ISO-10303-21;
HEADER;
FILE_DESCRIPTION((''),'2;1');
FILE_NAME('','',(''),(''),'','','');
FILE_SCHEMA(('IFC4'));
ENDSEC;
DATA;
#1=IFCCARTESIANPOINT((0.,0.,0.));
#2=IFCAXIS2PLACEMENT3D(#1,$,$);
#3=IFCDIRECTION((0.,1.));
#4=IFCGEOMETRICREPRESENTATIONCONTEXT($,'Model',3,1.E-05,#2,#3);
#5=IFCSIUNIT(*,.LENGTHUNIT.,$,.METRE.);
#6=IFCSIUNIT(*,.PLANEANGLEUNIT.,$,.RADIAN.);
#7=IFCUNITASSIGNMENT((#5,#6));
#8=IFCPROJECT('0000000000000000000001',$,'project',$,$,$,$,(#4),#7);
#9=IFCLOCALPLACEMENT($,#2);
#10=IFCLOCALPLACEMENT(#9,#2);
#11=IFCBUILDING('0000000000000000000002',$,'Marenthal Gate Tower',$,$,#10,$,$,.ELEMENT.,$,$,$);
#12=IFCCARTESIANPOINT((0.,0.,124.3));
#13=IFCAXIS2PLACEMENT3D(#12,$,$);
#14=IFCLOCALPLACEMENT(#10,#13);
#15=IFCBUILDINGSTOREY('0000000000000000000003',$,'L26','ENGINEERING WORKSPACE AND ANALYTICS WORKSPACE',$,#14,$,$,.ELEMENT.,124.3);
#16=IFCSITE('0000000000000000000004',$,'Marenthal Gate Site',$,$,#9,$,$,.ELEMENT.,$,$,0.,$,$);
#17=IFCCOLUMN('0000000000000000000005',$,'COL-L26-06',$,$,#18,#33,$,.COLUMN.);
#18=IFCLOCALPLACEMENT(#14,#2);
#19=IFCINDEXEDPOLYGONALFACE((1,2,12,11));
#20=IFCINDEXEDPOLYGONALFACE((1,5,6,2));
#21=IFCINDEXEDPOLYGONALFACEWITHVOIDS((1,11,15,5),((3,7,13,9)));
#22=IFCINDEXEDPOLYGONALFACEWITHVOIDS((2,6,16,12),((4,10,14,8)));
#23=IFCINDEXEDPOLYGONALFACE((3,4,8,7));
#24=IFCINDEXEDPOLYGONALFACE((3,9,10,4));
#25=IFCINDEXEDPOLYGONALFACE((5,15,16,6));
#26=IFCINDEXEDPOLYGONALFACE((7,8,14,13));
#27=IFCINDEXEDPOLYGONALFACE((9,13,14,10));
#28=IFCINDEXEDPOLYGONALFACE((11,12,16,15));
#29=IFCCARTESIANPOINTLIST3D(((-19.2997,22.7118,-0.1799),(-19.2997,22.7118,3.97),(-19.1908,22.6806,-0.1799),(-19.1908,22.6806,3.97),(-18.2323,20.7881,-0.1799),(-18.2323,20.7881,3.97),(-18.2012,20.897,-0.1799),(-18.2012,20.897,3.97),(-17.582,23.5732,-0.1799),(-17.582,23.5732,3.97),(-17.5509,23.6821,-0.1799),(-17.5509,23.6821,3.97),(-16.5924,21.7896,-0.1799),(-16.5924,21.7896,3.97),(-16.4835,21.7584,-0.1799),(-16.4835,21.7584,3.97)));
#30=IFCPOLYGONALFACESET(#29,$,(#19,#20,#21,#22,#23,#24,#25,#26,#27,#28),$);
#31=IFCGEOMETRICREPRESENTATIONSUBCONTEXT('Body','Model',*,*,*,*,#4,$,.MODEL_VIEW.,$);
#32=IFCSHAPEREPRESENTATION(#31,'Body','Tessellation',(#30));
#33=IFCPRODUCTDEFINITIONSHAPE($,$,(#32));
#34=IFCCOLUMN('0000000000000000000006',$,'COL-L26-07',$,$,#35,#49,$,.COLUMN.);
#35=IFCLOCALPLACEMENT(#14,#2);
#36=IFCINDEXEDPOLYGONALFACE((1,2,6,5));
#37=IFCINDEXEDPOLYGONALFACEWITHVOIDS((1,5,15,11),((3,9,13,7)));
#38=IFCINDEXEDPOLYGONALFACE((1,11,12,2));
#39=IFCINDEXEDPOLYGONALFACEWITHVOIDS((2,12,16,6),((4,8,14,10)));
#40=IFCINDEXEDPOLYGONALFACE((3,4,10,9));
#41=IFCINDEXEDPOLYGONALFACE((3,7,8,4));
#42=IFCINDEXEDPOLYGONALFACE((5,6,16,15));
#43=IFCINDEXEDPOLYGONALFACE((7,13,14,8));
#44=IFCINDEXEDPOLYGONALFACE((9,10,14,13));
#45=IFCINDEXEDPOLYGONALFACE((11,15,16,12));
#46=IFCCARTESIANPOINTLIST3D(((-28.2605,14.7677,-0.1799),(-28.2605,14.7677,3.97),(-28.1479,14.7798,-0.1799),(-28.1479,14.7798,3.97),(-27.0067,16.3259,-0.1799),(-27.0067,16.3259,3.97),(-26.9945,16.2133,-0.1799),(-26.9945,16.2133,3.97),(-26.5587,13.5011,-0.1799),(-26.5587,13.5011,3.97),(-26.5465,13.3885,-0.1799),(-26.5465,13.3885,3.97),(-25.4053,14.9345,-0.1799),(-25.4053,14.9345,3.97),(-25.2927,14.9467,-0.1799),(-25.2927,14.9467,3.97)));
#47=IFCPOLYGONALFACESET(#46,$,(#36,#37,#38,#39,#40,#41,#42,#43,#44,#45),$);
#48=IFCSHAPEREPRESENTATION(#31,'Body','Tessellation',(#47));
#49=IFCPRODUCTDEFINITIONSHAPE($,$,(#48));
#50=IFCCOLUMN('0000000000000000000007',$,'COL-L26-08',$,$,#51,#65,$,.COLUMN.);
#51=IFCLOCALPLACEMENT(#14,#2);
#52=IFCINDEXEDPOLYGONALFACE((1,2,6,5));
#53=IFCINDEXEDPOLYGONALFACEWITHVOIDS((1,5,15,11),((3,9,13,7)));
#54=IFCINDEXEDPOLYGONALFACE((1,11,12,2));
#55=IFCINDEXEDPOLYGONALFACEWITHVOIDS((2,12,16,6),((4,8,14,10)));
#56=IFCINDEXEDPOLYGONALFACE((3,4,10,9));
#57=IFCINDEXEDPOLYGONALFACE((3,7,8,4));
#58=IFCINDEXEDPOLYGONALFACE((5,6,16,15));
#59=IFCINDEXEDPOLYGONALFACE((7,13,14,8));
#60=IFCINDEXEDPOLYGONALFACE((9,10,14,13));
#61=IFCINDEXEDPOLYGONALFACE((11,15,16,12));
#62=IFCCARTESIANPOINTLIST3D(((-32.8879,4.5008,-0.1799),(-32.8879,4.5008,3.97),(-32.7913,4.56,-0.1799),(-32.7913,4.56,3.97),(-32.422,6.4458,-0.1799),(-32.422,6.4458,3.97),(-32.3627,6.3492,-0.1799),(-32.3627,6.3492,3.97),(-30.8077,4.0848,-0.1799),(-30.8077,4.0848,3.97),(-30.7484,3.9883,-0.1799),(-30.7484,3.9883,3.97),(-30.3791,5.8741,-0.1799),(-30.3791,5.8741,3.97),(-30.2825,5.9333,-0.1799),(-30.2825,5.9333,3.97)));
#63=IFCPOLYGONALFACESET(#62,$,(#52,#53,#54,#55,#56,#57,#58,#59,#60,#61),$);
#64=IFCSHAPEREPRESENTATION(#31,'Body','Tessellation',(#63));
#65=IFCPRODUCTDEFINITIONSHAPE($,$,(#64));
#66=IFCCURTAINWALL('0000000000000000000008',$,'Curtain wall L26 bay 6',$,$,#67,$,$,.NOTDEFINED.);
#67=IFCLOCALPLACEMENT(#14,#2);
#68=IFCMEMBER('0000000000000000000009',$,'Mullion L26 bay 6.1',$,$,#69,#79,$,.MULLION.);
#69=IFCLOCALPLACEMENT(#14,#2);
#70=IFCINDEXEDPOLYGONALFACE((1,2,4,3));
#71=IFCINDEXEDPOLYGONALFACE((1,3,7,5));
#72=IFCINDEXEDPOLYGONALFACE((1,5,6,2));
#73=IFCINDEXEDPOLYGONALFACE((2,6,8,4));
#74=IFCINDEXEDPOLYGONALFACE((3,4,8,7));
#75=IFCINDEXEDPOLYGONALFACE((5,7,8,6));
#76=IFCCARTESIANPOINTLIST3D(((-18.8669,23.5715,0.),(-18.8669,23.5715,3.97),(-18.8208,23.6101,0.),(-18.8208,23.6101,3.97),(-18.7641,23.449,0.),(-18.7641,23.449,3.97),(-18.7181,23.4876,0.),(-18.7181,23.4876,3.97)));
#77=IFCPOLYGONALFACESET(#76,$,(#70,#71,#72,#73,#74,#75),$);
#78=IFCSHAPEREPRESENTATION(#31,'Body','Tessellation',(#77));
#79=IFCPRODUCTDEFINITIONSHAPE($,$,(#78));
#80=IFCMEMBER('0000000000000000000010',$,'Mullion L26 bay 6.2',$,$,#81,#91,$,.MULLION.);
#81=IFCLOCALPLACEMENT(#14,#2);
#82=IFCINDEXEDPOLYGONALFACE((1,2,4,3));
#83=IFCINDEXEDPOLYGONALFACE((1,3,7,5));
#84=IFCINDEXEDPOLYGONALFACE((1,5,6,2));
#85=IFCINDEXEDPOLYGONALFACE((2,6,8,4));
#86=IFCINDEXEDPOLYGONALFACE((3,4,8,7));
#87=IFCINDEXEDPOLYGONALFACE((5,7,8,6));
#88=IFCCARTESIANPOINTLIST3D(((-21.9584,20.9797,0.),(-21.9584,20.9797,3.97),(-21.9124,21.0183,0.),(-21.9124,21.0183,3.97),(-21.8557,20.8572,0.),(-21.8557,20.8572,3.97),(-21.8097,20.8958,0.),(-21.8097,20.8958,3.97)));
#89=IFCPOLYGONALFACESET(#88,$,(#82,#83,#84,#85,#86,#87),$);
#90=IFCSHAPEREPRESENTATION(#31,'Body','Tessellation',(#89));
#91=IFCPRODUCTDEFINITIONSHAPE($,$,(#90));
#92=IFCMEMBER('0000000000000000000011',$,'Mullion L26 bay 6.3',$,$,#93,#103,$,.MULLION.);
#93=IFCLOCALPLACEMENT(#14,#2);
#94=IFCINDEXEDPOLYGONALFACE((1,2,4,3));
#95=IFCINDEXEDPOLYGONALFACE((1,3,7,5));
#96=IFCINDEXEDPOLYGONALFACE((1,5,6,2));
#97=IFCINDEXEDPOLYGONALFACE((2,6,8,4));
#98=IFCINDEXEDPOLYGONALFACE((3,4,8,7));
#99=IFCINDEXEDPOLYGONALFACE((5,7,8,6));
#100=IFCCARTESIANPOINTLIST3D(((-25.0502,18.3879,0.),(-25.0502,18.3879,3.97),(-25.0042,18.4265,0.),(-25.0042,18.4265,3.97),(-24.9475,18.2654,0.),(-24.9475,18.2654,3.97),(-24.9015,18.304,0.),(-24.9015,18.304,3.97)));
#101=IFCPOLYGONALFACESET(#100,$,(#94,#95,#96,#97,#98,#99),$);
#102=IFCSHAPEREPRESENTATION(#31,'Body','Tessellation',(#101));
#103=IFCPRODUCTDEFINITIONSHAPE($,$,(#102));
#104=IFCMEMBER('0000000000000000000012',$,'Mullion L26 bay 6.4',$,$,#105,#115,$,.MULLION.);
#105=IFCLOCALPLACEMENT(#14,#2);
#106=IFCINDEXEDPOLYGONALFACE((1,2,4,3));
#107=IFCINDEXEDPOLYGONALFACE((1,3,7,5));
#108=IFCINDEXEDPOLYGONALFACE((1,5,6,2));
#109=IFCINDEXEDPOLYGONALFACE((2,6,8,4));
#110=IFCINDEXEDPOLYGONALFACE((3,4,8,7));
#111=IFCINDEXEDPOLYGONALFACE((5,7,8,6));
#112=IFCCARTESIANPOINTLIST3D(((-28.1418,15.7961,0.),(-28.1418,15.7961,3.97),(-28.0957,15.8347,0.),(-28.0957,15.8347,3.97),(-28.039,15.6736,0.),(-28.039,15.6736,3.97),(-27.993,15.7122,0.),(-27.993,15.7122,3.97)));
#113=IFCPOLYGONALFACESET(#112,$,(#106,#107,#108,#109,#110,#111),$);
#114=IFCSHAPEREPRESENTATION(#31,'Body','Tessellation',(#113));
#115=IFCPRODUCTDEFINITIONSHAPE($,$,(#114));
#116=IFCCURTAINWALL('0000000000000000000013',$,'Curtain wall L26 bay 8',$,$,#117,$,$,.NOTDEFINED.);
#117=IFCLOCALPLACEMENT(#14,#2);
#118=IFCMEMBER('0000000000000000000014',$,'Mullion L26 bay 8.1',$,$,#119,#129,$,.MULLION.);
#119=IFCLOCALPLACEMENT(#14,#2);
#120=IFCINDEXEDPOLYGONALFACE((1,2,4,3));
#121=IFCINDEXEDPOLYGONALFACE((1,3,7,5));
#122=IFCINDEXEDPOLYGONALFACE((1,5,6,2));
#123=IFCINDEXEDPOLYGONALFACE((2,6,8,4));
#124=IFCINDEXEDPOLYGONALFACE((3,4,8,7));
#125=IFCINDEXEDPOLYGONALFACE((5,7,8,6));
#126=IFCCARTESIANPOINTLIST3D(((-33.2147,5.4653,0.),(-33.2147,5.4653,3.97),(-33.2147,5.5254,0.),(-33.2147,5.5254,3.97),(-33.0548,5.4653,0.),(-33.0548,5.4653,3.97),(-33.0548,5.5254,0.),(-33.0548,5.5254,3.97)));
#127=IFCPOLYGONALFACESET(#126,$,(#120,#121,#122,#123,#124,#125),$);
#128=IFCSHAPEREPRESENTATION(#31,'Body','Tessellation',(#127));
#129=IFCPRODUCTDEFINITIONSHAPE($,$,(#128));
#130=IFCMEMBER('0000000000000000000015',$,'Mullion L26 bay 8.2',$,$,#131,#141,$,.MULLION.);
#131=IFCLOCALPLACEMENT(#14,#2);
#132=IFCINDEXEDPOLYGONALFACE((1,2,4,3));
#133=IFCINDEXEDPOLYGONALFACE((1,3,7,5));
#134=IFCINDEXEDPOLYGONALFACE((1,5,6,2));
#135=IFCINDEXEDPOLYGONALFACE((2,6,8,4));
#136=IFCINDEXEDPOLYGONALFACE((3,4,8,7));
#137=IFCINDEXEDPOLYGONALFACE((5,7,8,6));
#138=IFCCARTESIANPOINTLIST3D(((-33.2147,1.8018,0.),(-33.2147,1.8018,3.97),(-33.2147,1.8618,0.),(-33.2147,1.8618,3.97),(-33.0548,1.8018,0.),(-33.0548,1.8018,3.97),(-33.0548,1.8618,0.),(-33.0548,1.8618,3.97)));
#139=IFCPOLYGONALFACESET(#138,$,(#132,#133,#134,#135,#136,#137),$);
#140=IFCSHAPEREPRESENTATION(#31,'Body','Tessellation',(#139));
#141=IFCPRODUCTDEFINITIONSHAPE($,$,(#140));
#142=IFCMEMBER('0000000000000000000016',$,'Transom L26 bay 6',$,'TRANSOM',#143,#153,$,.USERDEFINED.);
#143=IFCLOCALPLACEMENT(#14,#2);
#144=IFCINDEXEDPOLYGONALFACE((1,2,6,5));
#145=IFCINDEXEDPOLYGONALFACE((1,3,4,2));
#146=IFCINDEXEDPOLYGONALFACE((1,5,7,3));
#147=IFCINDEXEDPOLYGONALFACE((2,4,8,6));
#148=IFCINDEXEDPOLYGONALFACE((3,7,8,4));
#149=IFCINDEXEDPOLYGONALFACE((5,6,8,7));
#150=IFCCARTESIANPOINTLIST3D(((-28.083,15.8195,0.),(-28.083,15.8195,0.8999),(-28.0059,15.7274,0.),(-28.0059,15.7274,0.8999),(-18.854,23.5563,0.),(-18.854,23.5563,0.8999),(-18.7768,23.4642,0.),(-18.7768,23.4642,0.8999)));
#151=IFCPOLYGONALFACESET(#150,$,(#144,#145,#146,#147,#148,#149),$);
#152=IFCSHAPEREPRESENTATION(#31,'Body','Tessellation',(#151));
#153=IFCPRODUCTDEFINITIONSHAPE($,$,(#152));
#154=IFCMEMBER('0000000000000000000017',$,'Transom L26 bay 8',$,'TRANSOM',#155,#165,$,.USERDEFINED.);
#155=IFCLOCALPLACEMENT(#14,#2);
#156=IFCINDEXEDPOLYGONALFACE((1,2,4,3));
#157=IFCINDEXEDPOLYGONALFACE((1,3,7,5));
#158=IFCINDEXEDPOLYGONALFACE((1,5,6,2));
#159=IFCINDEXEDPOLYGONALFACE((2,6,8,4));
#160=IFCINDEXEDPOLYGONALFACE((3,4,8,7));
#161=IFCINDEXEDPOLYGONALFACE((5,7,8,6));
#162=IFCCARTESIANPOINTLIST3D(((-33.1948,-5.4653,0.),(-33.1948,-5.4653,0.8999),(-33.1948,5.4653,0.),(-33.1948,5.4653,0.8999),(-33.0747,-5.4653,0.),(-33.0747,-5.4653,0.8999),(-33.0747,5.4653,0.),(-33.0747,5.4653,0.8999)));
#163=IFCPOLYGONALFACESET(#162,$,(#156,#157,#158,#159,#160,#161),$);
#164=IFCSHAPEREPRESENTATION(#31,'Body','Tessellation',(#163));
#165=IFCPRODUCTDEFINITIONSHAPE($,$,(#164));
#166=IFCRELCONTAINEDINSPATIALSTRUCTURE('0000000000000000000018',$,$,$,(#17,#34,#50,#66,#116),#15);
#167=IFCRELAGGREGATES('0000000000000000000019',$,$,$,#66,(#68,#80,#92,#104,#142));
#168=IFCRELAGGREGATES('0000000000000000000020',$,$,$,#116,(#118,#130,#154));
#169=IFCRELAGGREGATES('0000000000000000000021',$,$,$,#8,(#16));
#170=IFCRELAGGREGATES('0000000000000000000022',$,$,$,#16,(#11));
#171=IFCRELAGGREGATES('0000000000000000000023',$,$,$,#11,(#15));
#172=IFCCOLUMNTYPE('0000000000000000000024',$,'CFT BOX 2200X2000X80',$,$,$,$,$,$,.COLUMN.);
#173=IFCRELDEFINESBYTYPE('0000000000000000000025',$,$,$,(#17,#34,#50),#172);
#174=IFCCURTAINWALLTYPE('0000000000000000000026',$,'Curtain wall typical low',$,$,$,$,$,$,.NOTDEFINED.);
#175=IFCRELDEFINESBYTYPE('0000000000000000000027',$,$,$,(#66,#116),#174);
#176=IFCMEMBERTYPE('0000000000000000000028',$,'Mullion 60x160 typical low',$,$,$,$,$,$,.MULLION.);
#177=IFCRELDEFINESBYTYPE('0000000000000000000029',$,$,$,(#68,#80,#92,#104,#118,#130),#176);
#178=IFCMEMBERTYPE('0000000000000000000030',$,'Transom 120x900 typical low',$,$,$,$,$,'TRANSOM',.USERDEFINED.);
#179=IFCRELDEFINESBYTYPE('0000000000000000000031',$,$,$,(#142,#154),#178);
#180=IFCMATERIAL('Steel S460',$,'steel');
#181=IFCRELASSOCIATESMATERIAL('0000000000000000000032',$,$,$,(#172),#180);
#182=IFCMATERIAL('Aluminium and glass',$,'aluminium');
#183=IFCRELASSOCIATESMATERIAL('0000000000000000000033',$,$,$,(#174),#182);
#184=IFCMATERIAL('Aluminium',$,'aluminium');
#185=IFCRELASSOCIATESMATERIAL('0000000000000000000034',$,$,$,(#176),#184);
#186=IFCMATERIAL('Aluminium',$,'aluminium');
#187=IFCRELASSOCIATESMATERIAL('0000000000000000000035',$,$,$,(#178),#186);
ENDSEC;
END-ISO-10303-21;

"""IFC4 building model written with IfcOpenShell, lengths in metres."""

from ifc_helpers import new_model, si_unit, direction, frame, origin, origin_2d, place, context, subcontext, project, spatial, rectangle, hollow_rectangle, extrude, material, material_profile, profile_set, type_object, element, aggregate, save


model = new_model("IFC4")

# Units and contexts
model_context = context("Model", 3, precision=1e-05, world=origin(), true_north=direction((0.0, 1.0)))
body_context = subcontext(model_context, "Body", "Model", "MODEL_VIEW")
ifc_project = project(units=[si_unit("LENGTHUNIT", "METRE"), si_unit("PLANEANGLEUNIT", "RADIAN")], contexts=[model_context])

# Site, building, storey
site_placement = place(None, origin())
site = spatial("IfcSite", under=ifc_project, at=site_placement, Name="Marenthal Gate Site", CompositionType="ELEMENT", RefElevation=0.0)
building_placement = place(site_placement, origin())
building = spatial("IfcBuilding", under=site, at=building_placement, Name="Marenthal Gate Tower", CompositionType="ELEMENT")
storey_placement = place(building_placement, frame((0.0, 0.0, 124.3)))
storey = spatial("IfcBuildingStorey", under=building, at=storey_placement, Name="L26", Description="ENGINEERING WORKSPACE AND ANALYTICS WORKSPACE", CompositionType="ELEMENT", Elevation=124.3)

# Columns
ifc_material_1 = material(Name="Steel S460", Category="steel")
ifc_material_profile_1 = material_profile(ifc_material_1, hollow_rectangle(XDim=2.0, YDim=2.2, WallThickness=0.0801, at=origin_2d()), Name="CFT BOX 2200X2000X80")
ifc_material_2 = material(Name="Concrete 70 MPa", Category="concrete")
ifc_material_profile_2 = material_profile(ifc_material_2, rectangle(XDim=1.8401, YDim=2.04, at=origin_2d()), Name="CFT BOX 2200X2000X80 INFILL")
ifc_profile_set_1 = profile_set([ifc_material_profile_1, ifc_material_profile_2], Name="Steel S460 shell, Concrete 70 MPa infill")
column_type = type_object("IfcColumnType", Name="CFT BOX 2200X2000X80", PredefinedType="COLUMN", material=ifc_profile_set_1)
for number, where, z_axis, x_axis, name in (
    (1, (-17.8916, 22.2351, -0.1799), (0.0, 0.0, 1.0), (0.874418, 0.485173, 0.0), "COL-L26-06"),
    (2, (-26.7766, 14.8572, -0.1799), (0.0, 0.0, 1.0), (0.626903, 0.779097, 0.0), "COL-L26-07"),
    (3, (-31.5852, 5.217, -0.1799), (0.0, 0.0, 1.0), (0.23295, 0.972489, 0.0), "COL-L26-08"),
):
    element("IfcColumn", number, at=place(storey_placement, frame(where, z_axis=z_axis, x_axis=x_axis)), inside=storey, type_object=column_type, Name=name, PredefinedType="COLUMN", context=body_context, shape_type="SweptSolid", body=[
        extrude(hollow_rectangle(XDim=2.0, YDim=2.2, WallThickness=0.0801, at=origin_2d()), origin(), (0.0, 0.0, 1.0), 4.1499),
    ])

# Curtain walls, members
ifc_material_3 = material(Name="Aluminium and glass", Category="aluminium")
curtain_wall_type = type_object("IfcCurtainWallType", Name="Curtain wall typical low", PredefinedType="NOTDEFINED", material=ifc_material_3)
curtain_wall_1_placement = place(storey_placement, origin())
curtain_wall_1 = element("IfcCurtainWall", 4, at=curtain_wall_1_placement, inside=storey, type_object=curtain_wall_type, Name="Curtain wall L26 bay 6", PredefinedType="NOTDEFINED")
ifc_material_4 = material(Name="Aluminium", Category="aluminium")
ifc_material_profile_3 = material_profile(ifc_material_4, rectangle(XDim=0.1599, YDim=0.0601, at=origin_2d()), Name="60x160 aluminium mullion")
ifc_profile_set_2 = profile_set([ifc_material_profile_3], Name="Aluminium")
member_type_1 = type_object("IfcMemberType", Name="Mullion 60x160 typical low", PredefinedType="MULLION", material=ifc_profile_set_2)
member_1_placement = place(storey_placement, frame((-18.7925, 23.5295, 0.0), z_axis=(0.0, 0.0, 1.0), x_axis=(0.642438, -0.766338, 0.0)))
member_1 = element("IfcMember", 5, at=member_1_placement, type_object=member_type_1, Name="Mullion L26 bay 6.1", PredefinedType="MULLION", context=body_context, shape_type="SweptSolid", body=[
    extrude(rectangle(XDim=0.1599, YDim=0.0601, at=origin_2d()), origin(), (0.0, 0.0, 1.0), 3.97),
])
member_2_placement = place(storey_placement, frame((-21.884, 20.9377, 0.0), z_axis=(0.0, 0.0, 1.0), x_axis=(0.642438, -0.766338, 0.0)))
member_2 = element("IfcMember", 6, at=member_2_placement, type_object=member_type_1, Name="Mullion L26 bay 6.2", PredefinedType="MULLION", context=body_context, shape_type="SweptSolid", body=[
    extrude(rectangle(XDim=0.1599, YDim=0.0601, at=origin_2d()), origin(), (0.0, 0.0, 1.0), 3.97),
])
member_3_placement = place(storey_placement, frame((-24.9758, 18.3459, 0.0), z_axis=(0.0, 0.0, 1.0), x_axis=(0.642438, -0.766338, 0.0)))
member_3 = element("IfcMember", 7, at=member_3_placement, type_object=member_type_1, Name="Mullion L26 bay 6.3", PredefinedType="MULLION", context=body_context, shape_type="SweptSolid", body=[
    extrude(rectangle(XDim=0.1599, YDim=0.0601, at=origin_2d()), origin(), (0.0, 0.0, 1.0), 3.97),
])
member_4_placement = place(storey_placement, frame((-28.0674, 15.7542, 0.0), z_axis=(0.0, 0.0, 1.0), x_axis=(0.642438, -0.766338, 0.0)))
member_4 = element("IfcMember", 8, at=member_4_placement, type_object=member_type_1, Name="Mullion L26 bay 6.4", PredefinedType="MULLION", context=body_context, shape_type="SweptSolid", body=[
    extrude(rectangle(XDim=0.1599, YDim=0.0601, at=origin_2d()), origin(), (0.0, 0.0, 1.0), 3.97),
])
curtain_wall_2_placement = place(storey_placement, origin())
curtain_wall_2 = element("IfcCurtainWall", 9, at=curtain_wall_2_placement, inside=storey, type_object=curtain_wall_type, Name="Curtain wall L26 bay 8", PredefinedType="NOTDEFINED")
member_5_placement = place(storey_placement, frame((-33.1348, 5.4954, 0.0), z_axis=(0.0, 0.0, 1.0), x_axis=(1.0, 0.0, 0.0)))
member_5 = element("IfcMember", 10, at=member_5_placement, type_object=member_type_1, Name="Mullion L26 bay 8.1", PredefinedType="MULLION", context=body_context, shape_type="SweptSolid", body=[
    extrude(rectangle(XDim=0.1599, YDim=0.0601, at=origin_2d()), origin(), (0.0, 0.0, 1.0), 3.97),
])
member_6_placement = place(storey_placement, frame((-33.1348, 1.8318, 0.0), z_axis=(0.0, 0.0, 1.0), x_axis=(1.0, 0.0, 0.0)))
member_6 = element("IfcMember", 11, at=member_6_placement, type_object=member_type_1, Name="Mullion L26 bay 8.2", PredefinedType="MULLION", context=body_context, shape_type="SweptSolid", body=[
    extrude(rectangle(XDim=0.1599, YDim=0.0601, at=origin_2d()), origin(), (0.0, 0.0, 1.0), 3.97),
])

# Members
ifc_material_5 = material(Name="Aluminium", Category="aluminium")
ifc_material_profile_4 = material_profile(ifc_material_5, rectangle(XDim=0.1201, YDim=0.8999, at=origin_2d()), Name="120x900 aluminium transom")
ifc_profile_set_3 = profile_set([ifc_material_profile_4], Name="Aluminium")
member_type_2 = type_object("IfcMemberType", Name="Transom 120x900 typical low", ElementType="TRANSOM", PredefinedType="USERDEFINED", material=ifc_profile_set_3)
member_7_placement = place(storey_placement, frame((-18.8154, 23.5103, 0.45), z_axis=(-0.76634, -0.642435, 0.0), x_axis=(0.642435, -0.76634, 0.0)))
member_7 = element("IfcMember", 12, at=member_7_placement, type_object=member_type_2, Name="Transom L26 bay 6", ObjectType="TRANSOM", PredefinedType="USERDEFINED", context=body_context, shape_type="SweptSolid", body=[
    extrude(rectangle(XDim=0.1201, YDim=0.8999, at=origin_2d()), origin(), (0.0, 0.0, 1.0), 12.043),
])
member_8_placement = place(storey_placement, frame((-33.1348, 5.4653, 0.45), z_axis=(0.0, -1.0, 0.0), x_axis=(1.0, 0.0, 0.0)))
member_8 = element("IfcMember", 13, at=member_8_placement, type_object=member_type_2, Name="Transom L26 bay 8", ObjectType="TRANSOM", PredefinedType="USERDEFINED", context=body_context, shape_type="SweptSolid", body=[
    extrude(rectangle(XDim=0.1201, YDim=0.8999, at=origin_2d()), origin(), (0.0, 0.0, 1.0), 10.9307),
])

aggregate(curtain_wall_1, [member_1, member_2, member_3, member_4, member_7])
aggregate(curtain_wall_2, [member_5, member_6, member_8])

save(model, "model.ifc")
